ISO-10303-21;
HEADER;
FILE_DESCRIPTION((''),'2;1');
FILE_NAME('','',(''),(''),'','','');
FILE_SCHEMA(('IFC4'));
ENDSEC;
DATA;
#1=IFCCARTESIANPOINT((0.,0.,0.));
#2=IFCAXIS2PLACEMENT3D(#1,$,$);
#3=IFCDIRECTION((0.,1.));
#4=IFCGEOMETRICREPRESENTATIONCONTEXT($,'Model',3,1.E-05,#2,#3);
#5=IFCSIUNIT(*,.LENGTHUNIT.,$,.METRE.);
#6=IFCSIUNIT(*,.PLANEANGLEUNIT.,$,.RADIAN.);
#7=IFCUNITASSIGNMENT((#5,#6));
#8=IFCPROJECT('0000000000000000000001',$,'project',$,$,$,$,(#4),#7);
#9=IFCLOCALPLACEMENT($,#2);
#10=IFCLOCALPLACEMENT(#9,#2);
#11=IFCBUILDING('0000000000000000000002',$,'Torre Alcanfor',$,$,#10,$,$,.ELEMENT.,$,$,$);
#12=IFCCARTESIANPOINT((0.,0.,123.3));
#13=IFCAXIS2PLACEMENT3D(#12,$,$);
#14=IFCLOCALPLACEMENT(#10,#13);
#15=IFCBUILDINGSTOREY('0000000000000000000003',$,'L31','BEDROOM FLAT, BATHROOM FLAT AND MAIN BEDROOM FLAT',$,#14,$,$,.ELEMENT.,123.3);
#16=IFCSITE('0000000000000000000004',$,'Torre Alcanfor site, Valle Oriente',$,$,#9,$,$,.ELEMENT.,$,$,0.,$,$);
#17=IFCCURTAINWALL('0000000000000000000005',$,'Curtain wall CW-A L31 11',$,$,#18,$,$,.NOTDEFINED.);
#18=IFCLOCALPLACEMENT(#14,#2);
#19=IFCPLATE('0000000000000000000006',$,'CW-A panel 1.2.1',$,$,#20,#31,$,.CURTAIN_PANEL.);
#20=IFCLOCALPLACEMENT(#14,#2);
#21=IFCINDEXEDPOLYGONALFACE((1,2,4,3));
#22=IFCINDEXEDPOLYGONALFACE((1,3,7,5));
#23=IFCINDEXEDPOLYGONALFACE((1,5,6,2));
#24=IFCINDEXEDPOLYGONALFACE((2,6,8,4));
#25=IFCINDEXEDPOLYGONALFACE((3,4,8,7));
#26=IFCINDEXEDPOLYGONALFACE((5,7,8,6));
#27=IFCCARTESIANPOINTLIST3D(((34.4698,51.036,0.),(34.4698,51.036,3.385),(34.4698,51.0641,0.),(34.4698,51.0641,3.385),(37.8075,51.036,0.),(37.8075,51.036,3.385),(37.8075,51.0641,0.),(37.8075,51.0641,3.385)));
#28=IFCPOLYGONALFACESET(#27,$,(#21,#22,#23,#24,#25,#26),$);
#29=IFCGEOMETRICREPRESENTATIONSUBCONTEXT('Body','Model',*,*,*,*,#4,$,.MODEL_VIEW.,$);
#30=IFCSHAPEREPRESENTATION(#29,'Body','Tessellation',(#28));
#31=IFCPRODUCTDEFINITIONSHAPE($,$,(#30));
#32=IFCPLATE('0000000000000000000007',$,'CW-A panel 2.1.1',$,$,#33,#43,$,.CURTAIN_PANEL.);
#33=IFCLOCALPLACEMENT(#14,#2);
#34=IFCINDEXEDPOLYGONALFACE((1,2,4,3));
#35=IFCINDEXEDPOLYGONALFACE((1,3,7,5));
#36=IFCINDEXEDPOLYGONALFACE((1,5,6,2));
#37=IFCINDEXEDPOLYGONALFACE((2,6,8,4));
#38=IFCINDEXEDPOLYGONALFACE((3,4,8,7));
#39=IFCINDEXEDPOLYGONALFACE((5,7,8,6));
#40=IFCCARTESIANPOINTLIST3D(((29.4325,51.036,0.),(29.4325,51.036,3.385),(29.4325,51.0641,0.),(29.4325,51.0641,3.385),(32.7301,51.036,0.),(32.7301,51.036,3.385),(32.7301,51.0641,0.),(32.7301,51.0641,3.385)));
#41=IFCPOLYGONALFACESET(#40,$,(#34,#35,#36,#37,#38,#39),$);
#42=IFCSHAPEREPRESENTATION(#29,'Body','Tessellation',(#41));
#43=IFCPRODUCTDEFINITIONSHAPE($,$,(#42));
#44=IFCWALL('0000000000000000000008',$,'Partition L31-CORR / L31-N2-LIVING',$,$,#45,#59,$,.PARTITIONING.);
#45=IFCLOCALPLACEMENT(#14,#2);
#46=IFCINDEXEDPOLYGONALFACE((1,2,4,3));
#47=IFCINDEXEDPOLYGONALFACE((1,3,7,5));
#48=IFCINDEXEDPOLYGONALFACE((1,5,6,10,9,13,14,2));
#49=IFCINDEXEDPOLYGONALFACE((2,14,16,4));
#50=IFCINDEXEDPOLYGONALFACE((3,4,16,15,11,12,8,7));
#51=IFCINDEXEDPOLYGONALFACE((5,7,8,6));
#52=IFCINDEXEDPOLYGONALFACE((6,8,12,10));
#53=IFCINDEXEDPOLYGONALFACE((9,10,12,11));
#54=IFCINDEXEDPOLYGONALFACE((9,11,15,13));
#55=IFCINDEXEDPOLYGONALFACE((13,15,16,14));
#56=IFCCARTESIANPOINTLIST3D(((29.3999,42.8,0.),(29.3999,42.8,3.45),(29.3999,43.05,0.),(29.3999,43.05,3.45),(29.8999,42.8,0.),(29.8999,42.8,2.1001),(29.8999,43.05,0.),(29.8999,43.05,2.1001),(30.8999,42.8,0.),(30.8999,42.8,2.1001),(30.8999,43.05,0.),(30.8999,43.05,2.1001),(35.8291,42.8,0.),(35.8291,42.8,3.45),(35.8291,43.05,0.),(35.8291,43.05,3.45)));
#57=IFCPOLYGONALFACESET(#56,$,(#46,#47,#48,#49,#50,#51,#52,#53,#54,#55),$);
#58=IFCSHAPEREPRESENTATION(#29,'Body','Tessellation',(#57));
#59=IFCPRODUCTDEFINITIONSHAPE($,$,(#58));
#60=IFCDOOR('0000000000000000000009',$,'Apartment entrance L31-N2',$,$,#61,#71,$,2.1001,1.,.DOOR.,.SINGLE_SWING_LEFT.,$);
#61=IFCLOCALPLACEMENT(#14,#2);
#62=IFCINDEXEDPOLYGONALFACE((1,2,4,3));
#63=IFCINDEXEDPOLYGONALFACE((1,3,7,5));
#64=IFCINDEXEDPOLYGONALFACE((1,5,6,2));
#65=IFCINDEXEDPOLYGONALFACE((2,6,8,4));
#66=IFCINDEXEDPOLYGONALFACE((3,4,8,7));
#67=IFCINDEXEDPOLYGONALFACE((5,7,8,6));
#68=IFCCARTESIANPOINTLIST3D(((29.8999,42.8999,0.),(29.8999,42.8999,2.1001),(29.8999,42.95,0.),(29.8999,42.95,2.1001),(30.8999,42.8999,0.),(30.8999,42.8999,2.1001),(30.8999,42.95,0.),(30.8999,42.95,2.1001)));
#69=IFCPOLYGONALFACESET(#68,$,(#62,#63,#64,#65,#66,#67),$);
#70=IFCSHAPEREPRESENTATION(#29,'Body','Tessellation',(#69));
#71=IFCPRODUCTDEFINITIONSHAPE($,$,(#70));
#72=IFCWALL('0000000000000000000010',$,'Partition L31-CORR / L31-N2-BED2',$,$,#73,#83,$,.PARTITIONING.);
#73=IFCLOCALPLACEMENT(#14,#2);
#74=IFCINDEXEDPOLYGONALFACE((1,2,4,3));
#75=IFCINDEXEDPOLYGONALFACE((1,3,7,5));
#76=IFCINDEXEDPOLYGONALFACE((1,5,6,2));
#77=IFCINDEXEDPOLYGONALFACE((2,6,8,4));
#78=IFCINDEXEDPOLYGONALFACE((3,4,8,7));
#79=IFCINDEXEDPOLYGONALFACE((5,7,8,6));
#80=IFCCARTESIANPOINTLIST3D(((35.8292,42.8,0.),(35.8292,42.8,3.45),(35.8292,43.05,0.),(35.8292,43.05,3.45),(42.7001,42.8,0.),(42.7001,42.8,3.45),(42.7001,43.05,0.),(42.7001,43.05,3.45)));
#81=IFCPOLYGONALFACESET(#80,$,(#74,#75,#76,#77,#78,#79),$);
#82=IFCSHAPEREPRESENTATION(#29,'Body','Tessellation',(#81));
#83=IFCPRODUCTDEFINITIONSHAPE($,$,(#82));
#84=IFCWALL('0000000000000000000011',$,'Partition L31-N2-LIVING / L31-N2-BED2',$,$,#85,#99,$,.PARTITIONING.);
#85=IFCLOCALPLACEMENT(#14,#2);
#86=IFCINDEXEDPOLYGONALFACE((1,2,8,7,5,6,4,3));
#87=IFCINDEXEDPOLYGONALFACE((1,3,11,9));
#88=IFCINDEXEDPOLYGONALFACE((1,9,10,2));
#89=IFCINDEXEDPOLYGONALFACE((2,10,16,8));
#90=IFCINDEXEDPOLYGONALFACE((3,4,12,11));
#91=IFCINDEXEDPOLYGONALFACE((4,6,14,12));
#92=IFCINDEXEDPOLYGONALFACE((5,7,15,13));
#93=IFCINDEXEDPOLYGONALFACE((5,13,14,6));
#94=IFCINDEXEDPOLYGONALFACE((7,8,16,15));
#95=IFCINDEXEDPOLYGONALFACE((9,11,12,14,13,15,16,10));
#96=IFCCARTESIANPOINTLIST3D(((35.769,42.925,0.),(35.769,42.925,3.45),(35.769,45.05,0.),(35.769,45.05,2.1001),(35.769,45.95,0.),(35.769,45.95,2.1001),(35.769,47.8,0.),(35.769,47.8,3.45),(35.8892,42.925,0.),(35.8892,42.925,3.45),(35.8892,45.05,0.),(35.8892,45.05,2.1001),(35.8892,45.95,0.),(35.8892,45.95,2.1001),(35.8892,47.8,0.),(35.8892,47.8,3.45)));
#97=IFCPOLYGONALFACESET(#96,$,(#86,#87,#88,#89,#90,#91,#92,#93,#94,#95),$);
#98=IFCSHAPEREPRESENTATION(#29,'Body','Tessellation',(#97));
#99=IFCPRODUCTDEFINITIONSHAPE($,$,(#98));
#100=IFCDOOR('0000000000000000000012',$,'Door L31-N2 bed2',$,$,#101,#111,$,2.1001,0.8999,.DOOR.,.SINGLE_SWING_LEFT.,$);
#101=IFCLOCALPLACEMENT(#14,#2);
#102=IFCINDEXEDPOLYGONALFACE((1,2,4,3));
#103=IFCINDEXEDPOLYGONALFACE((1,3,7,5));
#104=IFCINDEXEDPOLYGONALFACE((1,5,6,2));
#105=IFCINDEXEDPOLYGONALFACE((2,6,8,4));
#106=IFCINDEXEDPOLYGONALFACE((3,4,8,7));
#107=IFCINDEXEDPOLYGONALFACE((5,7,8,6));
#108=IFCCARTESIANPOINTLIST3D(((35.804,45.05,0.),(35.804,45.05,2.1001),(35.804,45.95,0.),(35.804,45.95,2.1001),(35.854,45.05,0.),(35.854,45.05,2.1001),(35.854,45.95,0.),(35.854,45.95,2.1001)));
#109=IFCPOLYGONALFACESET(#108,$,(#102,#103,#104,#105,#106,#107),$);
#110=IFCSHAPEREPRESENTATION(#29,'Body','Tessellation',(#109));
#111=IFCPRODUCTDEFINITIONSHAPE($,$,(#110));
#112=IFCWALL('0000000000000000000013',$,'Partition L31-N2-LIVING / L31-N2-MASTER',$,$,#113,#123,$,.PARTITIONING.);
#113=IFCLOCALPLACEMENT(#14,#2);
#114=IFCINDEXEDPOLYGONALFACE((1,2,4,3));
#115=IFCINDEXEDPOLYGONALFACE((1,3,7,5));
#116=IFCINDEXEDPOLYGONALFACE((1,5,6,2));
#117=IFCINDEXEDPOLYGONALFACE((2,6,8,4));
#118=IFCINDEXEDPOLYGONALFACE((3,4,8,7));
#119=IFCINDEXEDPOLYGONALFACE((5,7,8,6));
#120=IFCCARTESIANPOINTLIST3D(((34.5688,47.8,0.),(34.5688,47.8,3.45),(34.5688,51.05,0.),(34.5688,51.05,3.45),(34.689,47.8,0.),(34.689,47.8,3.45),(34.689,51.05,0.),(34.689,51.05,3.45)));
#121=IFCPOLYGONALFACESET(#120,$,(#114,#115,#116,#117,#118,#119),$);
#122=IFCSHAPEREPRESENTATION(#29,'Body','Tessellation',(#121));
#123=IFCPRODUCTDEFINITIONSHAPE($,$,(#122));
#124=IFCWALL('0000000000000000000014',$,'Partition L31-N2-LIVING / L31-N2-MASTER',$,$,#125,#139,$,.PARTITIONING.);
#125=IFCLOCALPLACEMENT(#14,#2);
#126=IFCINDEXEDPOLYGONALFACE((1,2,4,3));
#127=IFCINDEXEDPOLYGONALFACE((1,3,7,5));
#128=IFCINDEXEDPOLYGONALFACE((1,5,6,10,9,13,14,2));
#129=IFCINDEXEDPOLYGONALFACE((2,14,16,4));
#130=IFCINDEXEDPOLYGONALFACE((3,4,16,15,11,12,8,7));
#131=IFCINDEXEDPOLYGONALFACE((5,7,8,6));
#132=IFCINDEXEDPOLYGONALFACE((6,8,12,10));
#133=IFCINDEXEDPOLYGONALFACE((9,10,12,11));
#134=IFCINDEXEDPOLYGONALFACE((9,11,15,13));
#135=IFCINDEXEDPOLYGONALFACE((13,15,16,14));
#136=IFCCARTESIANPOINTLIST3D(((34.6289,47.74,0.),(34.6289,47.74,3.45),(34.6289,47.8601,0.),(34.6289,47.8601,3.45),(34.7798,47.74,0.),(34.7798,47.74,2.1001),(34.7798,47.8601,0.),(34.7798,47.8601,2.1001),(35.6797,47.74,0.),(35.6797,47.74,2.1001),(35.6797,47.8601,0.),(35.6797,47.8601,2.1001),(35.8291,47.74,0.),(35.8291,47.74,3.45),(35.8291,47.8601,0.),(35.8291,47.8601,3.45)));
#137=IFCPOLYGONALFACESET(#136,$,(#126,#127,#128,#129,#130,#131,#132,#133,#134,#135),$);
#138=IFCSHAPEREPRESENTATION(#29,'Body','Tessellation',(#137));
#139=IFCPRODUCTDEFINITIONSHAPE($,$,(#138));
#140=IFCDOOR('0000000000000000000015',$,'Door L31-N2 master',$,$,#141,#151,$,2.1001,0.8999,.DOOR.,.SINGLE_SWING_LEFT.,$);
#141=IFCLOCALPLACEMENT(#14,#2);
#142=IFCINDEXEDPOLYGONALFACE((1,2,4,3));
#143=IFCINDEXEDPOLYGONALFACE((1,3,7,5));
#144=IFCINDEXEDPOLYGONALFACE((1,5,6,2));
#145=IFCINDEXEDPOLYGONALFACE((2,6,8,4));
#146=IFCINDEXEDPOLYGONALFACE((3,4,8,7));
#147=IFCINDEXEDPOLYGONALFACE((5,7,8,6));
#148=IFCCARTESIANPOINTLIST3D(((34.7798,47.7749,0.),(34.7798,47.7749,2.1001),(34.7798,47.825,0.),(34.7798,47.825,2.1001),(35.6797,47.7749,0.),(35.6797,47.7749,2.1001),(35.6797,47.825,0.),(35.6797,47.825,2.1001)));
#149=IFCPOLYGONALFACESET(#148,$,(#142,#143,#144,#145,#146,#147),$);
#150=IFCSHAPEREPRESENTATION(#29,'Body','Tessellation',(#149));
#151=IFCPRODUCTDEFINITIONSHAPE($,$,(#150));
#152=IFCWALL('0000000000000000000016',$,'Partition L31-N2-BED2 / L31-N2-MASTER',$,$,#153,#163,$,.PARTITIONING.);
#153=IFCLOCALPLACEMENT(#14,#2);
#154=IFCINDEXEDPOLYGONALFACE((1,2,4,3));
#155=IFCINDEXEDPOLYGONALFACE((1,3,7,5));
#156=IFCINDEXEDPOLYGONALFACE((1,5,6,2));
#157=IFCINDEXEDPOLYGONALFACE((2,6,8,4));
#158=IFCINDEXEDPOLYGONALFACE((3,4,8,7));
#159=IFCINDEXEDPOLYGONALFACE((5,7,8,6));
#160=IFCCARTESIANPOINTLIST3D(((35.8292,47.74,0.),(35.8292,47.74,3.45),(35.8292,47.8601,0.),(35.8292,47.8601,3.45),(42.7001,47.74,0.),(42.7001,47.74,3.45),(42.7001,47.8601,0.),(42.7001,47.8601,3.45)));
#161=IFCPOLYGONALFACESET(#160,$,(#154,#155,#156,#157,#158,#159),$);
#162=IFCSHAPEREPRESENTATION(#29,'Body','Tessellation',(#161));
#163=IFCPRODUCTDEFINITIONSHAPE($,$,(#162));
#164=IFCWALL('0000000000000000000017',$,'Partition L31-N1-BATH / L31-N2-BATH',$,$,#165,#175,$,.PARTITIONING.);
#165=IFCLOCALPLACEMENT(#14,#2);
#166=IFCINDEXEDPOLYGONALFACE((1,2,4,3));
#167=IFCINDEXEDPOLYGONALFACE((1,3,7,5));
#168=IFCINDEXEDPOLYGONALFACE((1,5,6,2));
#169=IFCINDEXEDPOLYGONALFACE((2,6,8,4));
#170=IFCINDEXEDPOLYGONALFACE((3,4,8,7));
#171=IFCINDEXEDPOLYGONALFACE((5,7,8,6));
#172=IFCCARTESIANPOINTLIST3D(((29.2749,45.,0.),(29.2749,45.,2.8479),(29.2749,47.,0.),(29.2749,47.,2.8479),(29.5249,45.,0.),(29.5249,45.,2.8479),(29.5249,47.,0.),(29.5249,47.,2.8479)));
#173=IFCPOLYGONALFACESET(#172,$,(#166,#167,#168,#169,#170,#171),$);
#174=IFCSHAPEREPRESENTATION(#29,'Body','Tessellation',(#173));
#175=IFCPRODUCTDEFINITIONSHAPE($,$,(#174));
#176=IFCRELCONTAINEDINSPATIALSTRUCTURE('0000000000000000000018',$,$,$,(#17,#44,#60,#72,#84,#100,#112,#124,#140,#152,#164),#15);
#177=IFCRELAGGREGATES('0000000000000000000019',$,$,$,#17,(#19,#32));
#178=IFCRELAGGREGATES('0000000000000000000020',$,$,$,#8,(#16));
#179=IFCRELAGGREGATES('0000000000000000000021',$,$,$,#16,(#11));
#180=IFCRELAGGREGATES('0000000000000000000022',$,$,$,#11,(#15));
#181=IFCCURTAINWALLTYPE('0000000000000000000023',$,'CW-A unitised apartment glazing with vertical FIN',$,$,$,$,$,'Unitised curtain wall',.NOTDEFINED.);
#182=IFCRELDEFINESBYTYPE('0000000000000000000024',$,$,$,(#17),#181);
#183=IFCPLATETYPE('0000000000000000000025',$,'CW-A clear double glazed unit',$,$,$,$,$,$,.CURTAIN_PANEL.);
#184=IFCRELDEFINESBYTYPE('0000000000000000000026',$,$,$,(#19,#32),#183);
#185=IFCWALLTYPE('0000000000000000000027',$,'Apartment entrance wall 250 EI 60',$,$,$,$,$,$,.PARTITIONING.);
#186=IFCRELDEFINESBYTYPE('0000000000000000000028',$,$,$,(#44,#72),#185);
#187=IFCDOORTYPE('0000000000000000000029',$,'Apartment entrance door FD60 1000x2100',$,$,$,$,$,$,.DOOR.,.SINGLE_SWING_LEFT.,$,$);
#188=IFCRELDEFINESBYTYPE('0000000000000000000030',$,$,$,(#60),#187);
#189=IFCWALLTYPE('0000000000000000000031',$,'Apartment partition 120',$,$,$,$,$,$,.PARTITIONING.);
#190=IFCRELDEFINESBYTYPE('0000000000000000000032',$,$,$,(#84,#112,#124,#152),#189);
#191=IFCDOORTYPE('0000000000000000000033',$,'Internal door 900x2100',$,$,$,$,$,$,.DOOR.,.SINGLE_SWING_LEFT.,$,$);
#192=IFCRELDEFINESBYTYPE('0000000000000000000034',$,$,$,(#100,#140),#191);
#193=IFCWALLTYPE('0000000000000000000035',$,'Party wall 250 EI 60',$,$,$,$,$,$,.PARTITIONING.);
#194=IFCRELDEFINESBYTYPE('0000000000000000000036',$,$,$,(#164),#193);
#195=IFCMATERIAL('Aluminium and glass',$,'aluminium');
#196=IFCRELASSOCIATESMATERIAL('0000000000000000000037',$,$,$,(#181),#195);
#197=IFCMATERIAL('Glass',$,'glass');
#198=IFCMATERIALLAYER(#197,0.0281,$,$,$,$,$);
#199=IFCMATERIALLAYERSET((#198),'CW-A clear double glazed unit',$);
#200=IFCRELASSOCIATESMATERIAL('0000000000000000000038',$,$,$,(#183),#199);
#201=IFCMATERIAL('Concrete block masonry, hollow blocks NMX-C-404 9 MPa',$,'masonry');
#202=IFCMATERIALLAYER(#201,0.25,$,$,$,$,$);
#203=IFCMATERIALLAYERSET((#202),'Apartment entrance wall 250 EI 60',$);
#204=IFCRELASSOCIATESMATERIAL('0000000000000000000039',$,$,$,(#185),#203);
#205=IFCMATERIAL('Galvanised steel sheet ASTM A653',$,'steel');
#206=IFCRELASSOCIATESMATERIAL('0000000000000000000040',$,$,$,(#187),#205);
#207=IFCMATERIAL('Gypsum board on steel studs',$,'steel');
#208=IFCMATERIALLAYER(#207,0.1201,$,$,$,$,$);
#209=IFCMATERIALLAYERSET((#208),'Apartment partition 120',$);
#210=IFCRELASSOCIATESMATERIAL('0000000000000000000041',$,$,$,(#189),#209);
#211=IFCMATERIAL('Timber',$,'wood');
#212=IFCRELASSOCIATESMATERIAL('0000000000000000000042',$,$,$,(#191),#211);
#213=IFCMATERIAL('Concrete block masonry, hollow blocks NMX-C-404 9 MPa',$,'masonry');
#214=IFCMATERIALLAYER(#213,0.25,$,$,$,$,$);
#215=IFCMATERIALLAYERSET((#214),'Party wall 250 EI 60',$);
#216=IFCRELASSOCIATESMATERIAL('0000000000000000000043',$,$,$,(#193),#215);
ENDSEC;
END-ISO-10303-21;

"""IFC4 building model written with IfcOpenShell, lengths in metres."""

from ifc_helpers import new_model, si_unit, direction, frame, frame_2d, origin, origin_2d, place, context, subcontext, project, spatial, rectangle, extrude, material, layer, layer_set, type_object, element, fill, aggregate, save


model = new_model("IFC4")

# Units and contexts
model_context = context("Model", 3, precision=1e-05, world=origin(), true_north=direction((0.0, 1.0)))
body_context = subcontext(model_context, "Body", "Model", "MODEL_VIEW")
ifc_project = project(units=[si_unit("LENGTHUNIT", "METRE"), si_unit("PLANEANGLEUNIT", "RADIAN")], contexts=[model_context])

# Site, building, storey
site_placement = place(None, origin())
site = spatial("IfcSite", under=ifc_project, at=site_placement, Name="Torre Alcanfor site, Valle Oriente", CompositionType="ELEMENT", RefElevation=0.0)
building_placement = place(site_placement, origin())
building = spatial("IfcBuilding", under=site, at=building_placement, Name="Torre Alcanfor", CompositionType="ELEMENT")
storey_placement = place(building_placement, frame((0.0, 0.0, 123.3)))
storey = spatial("IfcBuildingStorey", under=building, at=storey_placement, Name="L31", Description="BEDROOM FLAT, BATHROOM FLAT AND MAIN BEDROOM FLAT", CompositionType="ELEMENT", Elevation=123.3)

# Curtain wall
ifc_material_1 = material(Name="Aluminium and glass", Category="aluminium")
curtain_wall_type = type_object("IfcCurtainWallType", Name="CW-A unitised apartment glazing with vertical FIN", ElementType="Unitised curtain wall", PredefinedType="NOTDEFINED", material=ifc_material_1)
curtain_wall_placement = place(storey_placement, origin())
curtain_wall = element("IfcCurtainWall", 1, at=curtain_wall_placement, inside=storey, type_object=curtain_wall_type, Name="Curtain wall CW-A L31 11", PredefinedType="NOTDEFINED")

# Plates
ifc_material_2 = material(Name="Glass", Category="glass")
ifc_layer_1 = layer(ifc_material_2, 0.0281)
ifc_layer_set_1 = layer_set([ifc_layer_1], Name="CW-A clear double glazed unit")
plate_type = type_object("IfcPlateType", Name="CW-A clear double glazed unit", PredefinedType="CURTAIN_PANEL", material=ifc_layer_set_1)
plate_1_placement = place(storey_placement, frame((36.1387, 51.05, 0.0), z_axis=(0.0, 0.0, 1.0), x_axis=(-1.0, 0.0, 0.0)))
plate_1 = element("IfcPlate", 2, at=plate_1_placement, type_object=plate_type, Name="CW-A panel 1.2.1", PredefinedType="CURTAIN_PANEL", context=body_context, shape_type="SweptSolid", body=[
    extrude(rectangle(XDim=3.3376, YDim=0.0281, at=origin_2d()), origin(), (0.0, 0.0, 1.0), 3.385),
])
plate_2_placement = place(storey_placement, frame((31.0813, 51.05, 0.0), z_axis=(0.0, 0.0, 1.0), x_axis=(-1.0, 0.0, 0.0)))
plate_2 = element("IfcPlate", 3, at=plate_2_placement, type_object=plate_type, Name="CW-A panel 2.1.1", PredefinedType="CURTAIN_PANEL", context=body_context, shape_type="SweptSolid", body=[
    extrude(rectangle(XDim=3.2976, YDim=0.0281, at=origin_2d()), origin(), (0.0, 0.0, 1.0), 3.385),
])
aggregate(curtain_wall, [plate_1, plate_2])

# Wall, opening, door
ifc_material_3 = material(Name="Concrete block masonry, hollow blocks NMX-C-404 9 MPa", Category="masonry")
ifc_layer_2 = layer(ifc_material_3, 0.25)
ifc_layer_set_2 = layer_set([ifc_layer_2], Name="Apartment entrance wall 250 EI 60")
wall_type_1 = type_object("IfcWallType", Name="Apartment entrance wall 250 EI 60", PredefinedType="PARTITIONING", material=ifc_layer_set_2)
wall_1_placement = place(storey_placement, frame((29.3999, 42.925, 0.0), z_axis=(0.0, 0.0, 1.0), x_axis=(1.0, 0.0, 0.0)))
wall_1 = element("IfcWall", 4, at=wall_1_placement, inside=storey, type_object=wall_type_1, Name="Partition L31-CORR / L31-N2-LIVING", PredefinedType="PARTITIONING", context=body_context, shape_type="SweptSolid", body=[
    extrude(rectangle(XDim=6.4292, YDim=0.25, at=frame_2d((3.2146, 0.0))), origin(), (0.0, 0.0, 1.0), 3.45),
])
opening_1_placement = place(wall_1_placement, frame((0.5, 0.0, 0.0)))
opening_1 = element("IfcOpeningElement", 5, at=opening_1_placement, cuts=wall_1, PredefinedType="OPENING", context=body_context, shape_type="SweptSolid", body=[
    extrude(rectangle(XDim=1.0, YDim=2.1001, at=frame_2d((0.5, 1.05))), frame((0.0, 0.135, 0.0), z_axis=(0.0, -1.0, 0.0), x_axis=(1.0, 0.0, 0.0)), (0.0, 0.0, 1.0), 0.27),
])
ifc_material_4 = material(Name="Galvanised steel sheet ASTM A653", Category="steel")
door_type_1 = type_object("IfcDoorType", Name="Apartment entrance door FD60 1000x2100", OperationType="SINGLE_SWING_LEFT", PredefinedType="DOOR", material=ifc_material_4)
door_1_placement = place(opening_1_placement, origin())
door_1 = element("IfcDoor", 6, at=door_1_placement, inside=storey, type_object=door_type_1, Name="Apartment entrance L31-N2", OperationType="SINGLE_SWING_LEFT", OverallHeight=2.1001, OverallWidth=1.0, PredefinedType="DOOR", context=body_context, shape_type="SweptSolid", body=[
    extrude(rectangle(XDim=1.0, YDim=2.1001, at=frame_2d((0.5, 1.05))), frame((0.0, 0.0249, 0.0), z_axis=(0.0, -1.0, 0.0), x_axis=(1.0, 0.0, 0.0)), (0.0, 0.0, 1.0), 0.05),
])
fill(opening_1, door_1)

# Wall
wall_2_placement = place(storey_placement, frame((35.8291, 42.925, 0.0), z_axis=(0.0, 0.0, 1.0), x_axis=(1.0, 0.0, 0.0)))
element("IfcWall", 7, at=wall_2_placement, inside=storey, type_object=wall_type_1, Name="Partition L31-CORR / L31-N2-BED2", PredefinedType="PARTITIONING", context=body_context, shape_type="SweptSolid", body=[
    extrude(rectangle(XDim=6.8708, YDim=0.25, at=frame_2d((3.4355, 0.0))), origin(), (0.0, 0.0, 1.0), 3.45),
])

# Wall, opening, door
ifc_material_5 = material(Name="Gypsum board on steel studs", Category="steel")
ifc_layer_3 = layer(ifc_material_5, 0.1201)
ifc_layer_set_3 = layer_set([ifc_layer_3], Name="Apartment partition 120")
wall_type_2 = type_object("IfcWallType", Name="Apartment partition 120", PredefinedType="PARTITIONING", material=ifc_layer_set_3)
wall_3_placement = place(storey_placement, frame((35.8291, 47.8, 0.0), z_axis=(0.0, 0.0, 1.0), x_axis=(0.0, -1.0, 0.0)))
wall_3 = element("IfcWall", 8, at=wall_3_placement, inside=storey, type_object=wall_type_2, Name="Partition L31-N2-LIVING / L31-N2-BED2", PredefinedType="PARTITIONING", context=body_context, shape_type="SweptSolid", body=[
    extrude(rectangle(XDim=4.875, YDim=0.1201, at=frame_2d((2.4375, 0.0))), origin(), (0.0, 0.0, 1.0), 3.45),
])
opening_2_placement = place(wall_3_placement, frame((1.8501, 0.0, 0.0)))
opening_2 = element("IfcOpeningElement", 9, at=opening_2_placement, cuts=wall_3, PredefinedType="OPENING", context=body_context, shape_type="SweptSolid", body=[
    extrude(rectangle(XDim=0.8999, YDim=2.1001, at=frame_2d((0.45, 1.05))), frame((0.0, 0.0701, 0.0), z_axis=(0.0, -1.0, 0.0), x_axis=(1.0, 0.0, 0.0)), (0.0, 0.0, 1.0), 0.1401),
])
ifc_material_6 = material(Name="Timber", Category="wood")
door_type_2 = type_object("IfcDoorType", Name="Internal door 900x2100", OperationType="SINGLE_SWING_LEFT", PredefinedType="DOOR", material=ifc_material_6)
door_2_placement = place(opening_2_placement, origin())
door_2 = element("IfcDoor", 10, at=door_2_placement, inside=storey, type_object=door_type_2, Name="Door L31-N2 bed2", OperationType="SINGLE_SWING_LEFT", OverallHeight=2.1001, OverallWidth=0.8999, PredefinedType="DOOR", context=body_context, shape_type="SweptSolid", body=[
    extrude(rectangle(XDim=0.8999, YDim=2.1001, at=frame_2d((0.45, 1.05))), frame((0.0, 0.0249, 0.0), z_axis=(0.0, -1.0, 0.0), x_axis=(1.0, 0.0, 0.0)), (0.0, 0.0, 1.0), 0.05),
])
fill(opening_2, door_2)

# Wall
wall_4_placement = place(storey_placement, frame((34.6289, 51.05, 0.0), z_axis=(0.0, 0.0, 1.0), x_axis=(0.0, -1.0, 0.0)))
element("IfcWall", 11, at=wall_4_placement, inside=storey, type_object=wall_type_2, Name="Partition L31-N2-LIVING / L31-N2-MASTER", PredefinedType="PARTITIONING", context=body_context, shape_type="SweptSolid", body=[
    extrude(rectangle(XDim=3.25, YDim=0.1201, at=frame_2d((1.625, 0.0))), origin(), (0.0, 0.0, 1.0), 3.45),
])

# Wall, opening, door
wall_5_placement = place(storey_placement, frame((34.6289, 47.8, 0.0), z_axis=(0.0, 0.0, 1.0), x_axis=(1.0, 0.0, 0.0)))
wall_5 = element("IfcWall", 12, at=wall_5_placement, inside=storey, type_object=wall_type_2, Name="Partition L31-N2-LIVING / L31-N2-MASTER", PredefinedType="PARTITIONING", context=body_context, shape_type="SweptSolid", body=[
    extrude(rectangle(XDim=1.2002, YDim=0.1201, at=frame_2d((0.6001, 0.0))), origin(), (0.0, 0.0, 1.0), 3.45),
])
opening_3_placement = place(wall_5_placement, frame((0.1509, 0.0, 0.0)))
opening_3 = element("IfcOpeningElement", 13, at=opening_3_placement, cuts=wall_5, PredefinedType="OPENING", context=body_context, shape_type="SweptSolid", body=[
    extrude(rectangle(XDim=0.8999, YDim=2.1001, at=frame_2d((0.45, 1.05))), frame((0.0, 0.0701, 0.0), z_axis=(0.0, -1.0, 0.0), x_axis=(1.0, 0.0, 0.0)), (0.0, 0.0, 1.0), 0.1401),
])
door_3_placement = place(opening_3_placement, origin())
door_3 = element("IfcDoor", 14, at=door_3_placement, inside=storey, type_object=door_type_2, Name="Door L31-N2 master", OperationType="SINGLE_SWING_LEFT", OverallHeight=2.1001, OverallWidth=0.8999, PredefinedType="DOOR", context=body_context, shape_type="SweptSolid", body=[
    extrude(rectangle(XDim=0.8999, YDim=2.1001, at=frame_2d((0.45, 1.05))), frame((0.0, 0.0249, 0.0), z_axis=(0.0, -1.0, 0.0), x_axis=(1.0, 0.0, 0.0)), (0.0, 0.0, 1.0), 0.05),
])
fill(opening_3, door_3)

# Walls
wall_6_placement = place(storey_placement, frame((35.8291, 47.8, 0.0), z_axis=(0.0, 0.0, 1.0), x_axis=(1.0, 0.0, 0.0)))
element("IfcWall", 15, at=wall_6_placement, inside=storey, type_object=wall_type_2, Name="Partition L31-N2-BED2 / L31-N2-MASTER", PredefinedType="PARTITIONING", context=body_context, shape_type="SweptSolid", body=[
    extrude(rectangle(XDim=6.8708, YDim=0.1201, at=frame_2d((3.4355, 0.0))), origin(), (0.0, 0.0, 1.0), 3.45),
])
ifc_material_7 = material(Name="Concrete block masonry, hollow blocks NMX-C-404 9 MPa", Category="masonry")
ifc_layer_4 = layer(ifc_material_7, 0.25)
ifc_layer_set_4 = layer_set([ifc_layer_4], Name="Party wall 250 EI 60")
wall_type_3 = type_object("IfcWallType", Name="Party wall 250 EI 60", PredefinedType="PARTITIONING", material=ifc_layer_set_4)
wall_7_placement = place(storey_placement, frame((29.3999, 45.0, 0.0), z_axis=(0.0, 0.0, 1.0), x_axis=(0.0, 1.0, 0.0)))
element("IfcWall", 16, at=wall_7_placement, inside=storey, type_object=wall_type_3, Name="Partition L31-N1-BATH / L31-N2-BATH", PredefinedType="PARTITIONING", context=body_context, shape_type="SweptSolid", body=[
    extrude(rectangle(XDim=2.0, YDim=0.25, at=frame_2d((1.0, 0.0))), origin(), (0.0, 0.0, 1.0), 2.8479),
])

save(model, "model.ifc")
